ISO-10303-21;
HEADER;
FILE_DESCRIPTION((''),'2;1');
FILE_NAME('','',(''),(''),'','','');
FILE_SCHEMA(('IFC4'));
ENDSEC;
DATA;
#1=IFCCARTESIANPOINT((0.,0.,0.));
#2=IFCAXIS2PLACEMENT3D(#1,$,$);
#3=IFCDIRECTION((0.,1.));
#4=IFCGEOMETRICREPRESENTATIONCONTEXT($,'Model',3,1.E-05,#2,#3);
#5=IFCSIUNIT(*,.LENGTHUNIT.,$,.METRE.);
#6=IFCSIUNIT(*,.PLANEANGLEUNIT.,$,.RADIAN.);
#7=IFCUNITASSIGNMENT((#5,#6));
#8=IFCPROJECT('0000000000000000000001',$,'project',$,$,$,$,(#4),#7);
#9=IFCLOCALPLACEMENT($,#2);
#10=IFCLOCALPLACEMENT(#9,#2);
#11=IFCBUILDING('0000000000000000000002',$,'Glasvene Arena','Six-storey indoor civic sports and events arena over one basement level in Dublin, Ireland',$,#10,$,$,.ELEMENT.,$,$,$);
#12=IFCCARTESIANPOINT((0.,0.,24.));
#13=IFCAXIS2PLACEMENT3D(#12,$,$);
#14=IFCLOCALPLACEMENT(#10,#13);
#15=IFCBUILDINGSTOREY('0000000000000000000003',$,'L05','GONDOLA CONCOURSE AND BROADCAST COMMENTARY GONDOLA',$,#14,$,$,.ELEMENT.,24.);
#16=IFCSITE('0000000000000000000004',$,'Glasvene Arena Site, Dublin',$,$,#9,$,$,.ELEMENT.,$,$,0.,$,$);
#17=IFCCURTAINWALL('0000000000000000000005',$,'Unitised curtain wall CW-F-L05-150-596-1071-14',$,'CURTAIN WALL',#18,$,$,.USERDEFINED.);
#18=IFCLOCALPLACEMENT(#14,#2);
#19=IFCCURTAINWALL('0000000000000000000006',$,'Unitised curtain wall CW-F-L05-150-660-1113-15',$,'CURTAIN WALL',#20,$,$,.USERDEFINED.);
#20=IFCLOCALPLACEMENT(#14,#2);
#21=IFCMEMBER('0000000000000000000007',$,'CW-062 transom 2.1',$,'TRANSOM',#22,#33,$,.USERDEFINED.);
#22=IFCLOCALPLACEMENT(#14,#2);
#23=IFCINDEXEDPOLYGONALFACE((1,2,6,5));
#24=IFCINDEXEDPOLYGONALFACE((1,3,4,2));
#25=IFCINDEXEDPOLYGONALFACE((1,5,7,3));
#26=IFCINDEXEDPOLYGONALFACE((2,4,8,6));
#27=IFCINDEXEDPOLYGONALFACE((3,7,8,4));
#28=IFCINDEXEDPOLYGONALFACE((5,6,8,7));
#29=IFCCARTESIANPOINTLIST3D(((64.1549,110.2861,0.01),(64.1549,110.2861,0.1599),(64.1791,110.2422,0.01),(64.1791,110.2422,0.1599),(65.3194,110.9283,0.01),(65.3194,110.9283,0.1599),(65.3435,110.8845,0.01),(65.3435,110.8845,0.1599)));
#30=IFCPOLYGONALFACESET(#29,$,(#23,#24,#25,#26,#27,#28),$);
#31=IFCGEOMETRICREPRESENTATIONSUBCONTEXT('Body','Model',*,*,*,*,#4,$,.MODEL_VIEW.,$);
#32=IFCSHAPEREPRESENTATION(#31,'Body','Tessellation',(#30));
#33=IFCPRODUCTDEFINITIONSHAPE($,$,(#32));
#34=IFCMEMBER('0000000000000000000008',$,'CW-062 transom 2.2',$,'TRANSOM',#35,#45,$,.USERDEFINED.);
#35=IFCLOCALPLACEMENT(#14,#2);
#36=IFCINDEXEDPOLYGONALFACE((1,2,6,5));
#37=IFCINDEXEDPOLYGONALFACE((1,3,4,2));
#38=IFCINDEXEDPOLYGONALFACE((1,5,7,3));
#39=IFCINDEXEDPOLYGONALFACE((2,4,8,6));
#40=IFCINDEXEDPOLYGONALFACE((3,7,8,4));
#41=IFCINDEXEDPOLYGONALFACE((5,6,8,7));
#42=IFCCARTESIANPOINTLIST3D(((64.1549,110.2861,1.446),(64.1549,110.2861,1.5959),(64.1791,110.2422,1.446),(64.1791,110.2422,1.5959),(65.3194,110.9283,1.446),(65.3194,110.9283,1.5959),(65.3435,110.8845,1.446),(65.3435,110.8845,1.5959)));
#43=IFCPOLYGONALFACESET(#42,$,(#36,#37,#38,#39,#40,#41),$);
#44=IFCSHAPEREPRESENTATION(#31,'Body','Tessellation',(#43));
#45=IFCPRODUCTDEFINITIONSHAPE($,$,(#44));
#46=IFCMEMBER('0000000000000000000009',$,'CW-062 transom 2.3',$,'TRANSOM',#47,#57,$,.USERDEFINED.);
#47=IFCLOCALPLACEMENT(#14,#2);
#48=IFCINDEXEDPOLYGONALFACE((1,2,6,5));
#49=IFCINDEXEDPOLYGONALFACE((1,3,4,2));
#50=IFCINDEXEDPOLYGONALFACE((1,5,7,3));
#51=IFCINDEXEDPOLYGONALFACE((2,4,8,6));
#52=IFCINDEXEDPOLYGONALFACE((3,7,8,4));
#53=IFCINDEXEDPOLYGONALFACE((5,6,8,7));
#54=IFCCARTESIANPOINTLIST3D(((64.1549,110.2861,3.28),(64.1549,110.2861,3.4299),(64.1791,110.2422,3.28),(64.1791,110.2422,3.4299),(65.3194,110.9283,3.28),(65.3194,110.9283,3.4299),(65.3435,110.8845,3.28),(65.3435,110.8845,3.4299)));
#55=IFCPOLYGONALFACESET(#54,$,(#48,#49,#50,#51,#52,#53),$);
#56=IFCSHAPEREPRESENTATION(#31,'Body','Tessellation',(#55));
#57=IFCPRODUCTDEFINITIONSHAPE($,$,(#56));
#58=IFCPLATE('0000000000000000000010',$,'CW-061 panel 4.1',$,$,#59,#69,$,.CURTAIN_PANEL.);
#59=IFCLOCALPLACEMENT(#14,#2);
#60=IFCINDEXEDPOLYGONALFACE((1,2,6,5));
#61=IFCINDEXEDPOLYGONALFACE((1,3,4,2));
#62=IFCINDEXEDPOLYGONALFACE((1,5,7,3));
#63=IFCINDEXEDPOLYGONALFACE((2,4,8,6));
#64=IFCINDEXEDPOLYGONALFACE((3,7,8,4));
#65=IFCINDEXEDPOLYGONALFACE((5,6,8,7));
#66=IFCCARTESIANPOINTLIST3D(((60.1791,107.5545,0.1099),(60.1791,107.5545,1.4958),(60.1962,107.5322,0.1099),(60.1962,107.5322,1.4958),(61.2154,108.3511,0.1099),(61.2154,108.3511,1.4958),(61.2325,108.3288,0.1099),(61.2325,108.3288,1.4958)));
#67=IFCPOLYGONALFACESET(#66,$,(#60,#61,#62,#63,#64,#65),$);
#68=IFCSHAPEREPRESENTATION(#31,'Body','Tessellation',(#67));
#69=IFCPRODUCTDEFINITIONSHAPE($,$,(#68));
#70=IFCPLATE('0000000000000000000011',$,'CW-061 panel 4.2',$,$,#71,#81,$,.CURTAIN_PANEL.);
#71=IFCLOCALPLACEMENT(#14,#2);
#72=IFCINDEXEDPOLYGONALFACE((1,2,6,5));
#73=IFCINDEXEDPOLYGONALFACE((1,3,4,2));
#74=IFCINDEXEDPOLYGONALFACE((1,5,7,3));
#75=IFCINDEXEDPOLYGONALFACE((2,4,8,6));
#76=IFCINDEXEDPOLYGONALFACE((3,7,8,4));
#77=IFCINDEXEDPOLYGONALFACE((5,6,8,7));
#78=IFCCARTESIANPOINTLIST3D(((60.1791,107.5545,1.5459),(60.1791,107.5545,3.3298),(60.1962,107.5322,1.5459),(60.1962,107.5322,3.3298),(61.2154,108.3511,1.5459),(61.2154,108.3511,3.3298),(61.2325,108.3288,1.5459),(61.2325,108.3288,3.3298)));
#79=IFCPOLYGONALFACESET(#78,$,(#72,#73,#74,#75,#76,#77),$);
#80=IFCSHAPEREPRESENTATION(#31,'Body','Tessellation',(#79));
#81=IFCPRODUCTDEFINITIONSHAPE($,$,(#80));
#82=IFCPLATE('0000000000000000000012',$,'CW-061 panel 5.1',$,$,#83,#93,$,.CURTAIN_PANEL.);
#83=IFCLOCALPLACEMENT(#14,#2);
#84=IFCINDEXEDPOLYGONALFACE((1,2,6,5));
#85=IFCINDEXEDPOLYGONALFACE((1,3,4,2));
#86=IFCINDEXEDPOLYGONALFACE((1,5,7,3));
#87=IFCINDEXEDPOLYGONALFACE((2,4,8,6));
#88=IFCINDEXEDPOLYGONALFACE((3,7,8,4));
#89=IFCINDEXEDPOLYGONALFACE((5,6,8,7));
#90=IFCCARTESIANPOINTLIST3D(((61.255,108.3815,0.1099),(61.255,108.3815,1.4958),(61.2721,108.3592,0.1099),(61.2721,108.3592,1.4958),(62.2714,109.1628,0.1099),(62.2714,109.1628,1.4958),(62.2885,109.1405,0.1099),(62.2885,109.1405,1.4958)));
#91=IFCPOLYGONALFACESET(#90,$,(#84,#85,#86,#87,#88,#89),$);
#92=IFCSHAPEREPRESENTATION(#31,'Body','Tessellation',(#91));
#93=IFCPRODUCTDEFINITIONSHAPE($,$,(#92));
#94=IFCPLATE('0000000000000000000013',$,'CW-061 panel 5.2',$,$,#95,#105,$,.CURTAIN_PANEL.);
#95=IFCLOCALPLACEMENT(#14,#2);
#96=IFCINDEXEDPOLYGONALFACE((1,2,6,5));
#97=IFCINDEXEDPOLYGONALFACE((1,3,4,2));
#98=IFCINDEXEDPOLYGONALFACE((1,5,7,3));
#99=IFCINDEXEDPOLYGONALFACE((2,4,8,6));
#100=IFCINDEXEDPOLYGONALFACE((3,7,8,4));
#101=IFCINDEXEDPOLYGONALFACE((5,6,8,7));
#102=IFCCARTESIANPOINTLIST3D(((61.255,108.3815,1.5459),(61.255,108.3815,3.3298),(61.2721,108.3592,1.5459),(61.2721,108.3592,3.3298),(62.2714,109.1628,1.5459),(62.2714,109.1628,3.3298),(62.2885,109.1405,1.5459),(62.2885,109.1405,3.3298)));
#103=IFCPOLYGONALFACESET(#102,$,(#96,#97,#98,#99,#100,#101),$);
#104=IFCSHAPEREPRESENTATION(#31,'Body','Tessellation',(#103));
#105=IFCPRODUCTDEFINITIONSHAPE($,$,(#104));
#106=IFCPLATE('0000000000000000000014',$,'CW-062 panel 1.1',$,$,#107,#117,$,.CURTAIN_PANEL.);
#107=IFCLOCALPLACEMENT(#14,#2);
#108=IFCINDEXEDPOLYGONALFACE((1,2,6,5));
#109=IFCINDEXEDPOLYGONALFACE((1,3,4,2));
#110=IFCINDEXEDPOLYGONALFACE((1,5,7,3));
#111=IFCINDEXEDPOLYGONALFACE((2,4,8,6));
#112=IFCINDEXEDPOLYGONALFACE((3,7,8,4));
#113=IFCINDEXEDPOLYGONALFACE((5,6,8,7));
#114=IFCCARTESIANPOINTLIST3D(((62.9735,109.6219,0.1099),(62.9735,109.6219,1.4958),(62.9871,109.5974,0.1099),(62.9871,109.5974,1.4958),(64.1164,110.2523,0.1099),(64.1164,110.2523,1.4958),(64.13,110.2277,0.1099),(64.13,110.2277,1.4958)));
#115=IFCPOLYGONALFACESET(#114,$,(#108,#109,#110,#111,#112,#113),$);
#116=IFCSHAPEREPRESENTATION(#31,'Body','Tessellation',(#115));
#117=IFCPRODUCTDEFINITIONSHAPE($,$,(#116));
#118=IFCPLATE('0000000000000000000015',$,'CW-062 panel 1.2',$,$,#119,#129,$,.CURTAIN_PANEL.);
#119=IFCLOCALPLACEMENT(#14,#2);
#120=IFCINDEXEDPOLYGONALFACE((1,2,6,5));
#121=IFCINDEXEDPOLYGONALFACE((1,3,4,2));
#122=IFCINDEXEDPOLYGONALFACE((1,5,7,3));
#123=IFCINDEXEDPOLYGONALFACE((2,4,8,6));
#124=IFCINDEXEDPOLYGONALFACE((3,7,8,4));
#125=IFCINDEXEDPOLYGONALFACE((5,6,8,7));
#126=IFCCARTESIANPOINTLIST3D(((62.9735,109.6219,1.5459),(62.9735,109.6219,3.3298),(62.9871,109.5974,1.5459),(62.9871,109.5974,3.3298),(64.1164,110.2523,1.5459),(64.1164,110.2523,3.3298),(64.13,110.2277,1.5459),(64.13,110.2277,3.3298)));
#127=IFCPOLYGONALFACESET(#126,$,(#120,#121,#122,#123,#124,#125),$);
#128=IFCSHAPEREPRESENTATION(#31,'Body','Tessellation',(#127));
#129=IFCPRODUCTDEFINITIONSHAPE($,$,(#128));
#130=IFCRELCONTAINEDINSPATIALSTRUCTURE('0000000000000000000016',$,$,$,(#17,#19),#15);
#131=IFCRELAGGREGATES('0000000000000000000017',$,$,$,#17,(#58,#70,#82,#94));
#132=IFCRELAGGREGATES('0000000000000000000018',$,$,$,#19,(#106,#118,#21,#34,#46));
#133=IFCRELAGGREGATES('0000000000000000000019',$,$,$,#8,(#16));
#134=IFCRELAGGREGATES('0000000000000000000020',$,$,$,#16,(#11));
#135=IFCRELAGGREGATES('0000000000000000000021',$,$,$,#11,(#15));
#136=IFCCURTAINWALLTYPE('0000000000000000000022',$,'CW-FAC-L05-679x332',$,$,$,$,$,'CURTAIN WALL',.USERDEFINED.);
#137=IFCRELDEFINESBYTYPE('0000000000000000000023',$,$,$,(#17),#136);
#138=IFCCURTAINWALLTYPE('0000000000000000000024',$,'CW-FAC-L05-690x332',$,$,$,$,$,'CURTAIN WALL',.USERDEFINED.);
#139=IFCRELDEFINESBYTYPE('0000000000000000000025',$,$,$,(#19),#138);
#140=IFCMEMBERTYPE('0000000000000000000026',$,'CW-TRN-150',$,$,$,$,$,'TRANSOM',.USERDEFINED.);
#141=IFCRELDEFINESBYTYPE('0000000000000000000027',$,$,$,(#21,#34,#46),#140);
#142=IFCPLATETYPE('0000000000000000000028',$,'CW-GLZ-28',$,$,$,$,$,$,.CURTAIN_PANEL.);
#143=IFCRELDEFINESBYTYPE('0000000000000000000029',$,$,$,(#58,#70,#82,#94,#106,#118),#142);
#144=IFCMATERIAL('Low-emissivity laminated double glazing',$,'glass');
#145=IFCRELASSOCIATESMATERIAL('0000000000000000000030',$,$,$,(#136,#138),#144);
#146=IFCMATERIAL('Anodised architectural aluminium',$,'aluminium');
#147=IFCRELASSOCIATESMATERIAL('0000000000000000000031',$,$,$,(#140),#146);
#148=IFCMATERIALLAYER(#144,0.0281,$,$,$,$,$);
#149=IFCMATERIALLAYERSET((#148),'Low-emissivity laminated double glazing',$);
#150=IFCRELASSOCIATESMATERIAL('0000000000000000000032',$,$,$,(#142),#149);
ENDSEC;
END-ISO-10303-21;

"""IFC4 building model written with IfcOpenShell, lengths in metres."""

from ifc_helpers import new_model, si_unit, direction, frame, origin, origin_2d, place, context, subcontext, project, spatial, rectangle, extrude, material, layer, layer_set, material_profile, profile_set, type_object, element, aggregate, save


model = new_model("IFC4")

# Units and contexts
model_context = context("Model", 3, precision=1e-05, world=origin(), true_north=direction((0.0, 1.0)))
body_context = subcontext(model_context, "Body", "Model", "MODEL_VIEW")
ifc_project = project(units=[si_unit("LENGTHUNIT", "METRE"), si_unit("PLANEANGLEUNIT", "RADIAN")], contexts=[model_context])

# Site, building, storey
site_placement = place(None, origin())
site = spatial("IfcSite", under=ifc_project, at=site_placement, Name="Glasvene Arena Site, Dublin", CompositionType="ELEMENT", RefElevation=0.0)
building_placement = place(site_placement, origin())
building = spatial("IfcBuilding", under=site, at=building_placement, Name="Glasvene Arena", Description="Six-storey indoor civic sports and events arena over one basement level in Dublin, Ireland", CompositionType="ELEMENT")
storey_placement = place(building_placement, frame((0.0, 0.0, 24.0)))
storey = spatial("IfcBuildingStorey", under=building, at=storey_placement, Name="L05", Description="GONDOLA CONCOURSE AND BROADCAST COMMENTARY GONDOLA", CompositionType="ELEMENT", Elevation=24.0)

# Curtain walls
ifc_material_1 = material(Name="Low-emissivity laminated double glazing", Category="glass")
curtain_wall_type_1 = type_object("IfcCurtainWallType", Name="CW-FAC-L05-679x332", ElementType="CURTAIN WALL", PredefinedType="USERDEFINED", material=ifc_material_1)
curtain_wall_1_placement = place(storey_placement, frame((56.9399, 105.0469, 0.0)))
curtain_wall_1 = element("IfcCurtainWall", 1, at=curtain_wall_1_placement, inside=storey, type_object=curtain_wall_type_1, Name="Unitised curtain wall CW-F-L05-150-596-1071-14", ObjectType="CURTAIN WALL", PredefinedType="USERDEFINED")
ifc_material_2 = material(Name="Anodised architectural aluminium", Category="aluminium")
curtain_wall_type_2 = type_object("IfcCurtainWallType", Name="CW-FAC-L05-690x332", ElementType="CURTAIN WALL", PredefinedType="USERDEFINED", material=ifc_material_1)
curtain_wall_2_placement = place(storey_placement, frame((62.9365, 109.5854, 0.0)))
curtain_wall_2 = element("IfcCurtainWall", 2, at=curtain_wall_2_placement, inside=storey, type_object=curtain_wall_type_2, Name="Unitised curtain wall CW-F-L05-150-660-1113-15", ObjectType="CURTAIN WALL", PredefinedType="USERDEFINED")

# Members
ifc_material_profile_1 = material_profile(ifc_material_2, rectangle(XDim=0.05, YDim=0.1499, at=origin_2d()), Name="ALU TRANSOM 50x150")
ifc_profile_set_1 = profile_set([ifc_material_profile_1], Name="Anodised architectural aluminium")
member_type_1 = type_object("IfcMemberType", Name="CW-TRN-150", ElementType="TRANSOM", PredefinedType="USERDEFINED", material=ifc_profile_set_1)
member_1_placement = place(storey_placement, frame((64.167, 110.2642, 0.085), z_axis=(0.875634, 0.482975, 0.0), x_axis=(-0.482975, 0.875634, 0.0)))
member_1 = element("IfcMember", 3, at=member_1_placement, type_object=member_type_1, Name="CW-062 transom 2.1", ObjectType="TRANSOM", PredefinedType="USERDEFINED", context=body_context, shape_type="SweptSolid", body=[
    extrude(rectangle(XDim=0.05, YDim=0.1499, at=origin_2d()), origin(), (0.0, 0.0, 1.0), 1.3298),
])
member_2_placement = place(storey_placement, frame((64.167, 110.2642, 1.521), z_axis=(0.875634, 0.482975, 0.0), x_axis=(-0.482975, 0.875634, 0.0)))
member_2 = element("IfcMember", 4, at=member_2_placement, type_object=member_type_1, Name="CW-062 transom 2.2", ObjectType="TRANSOM", PredefinedType="USERDEFINED", context=body_context, shape_type="SweptSolid", body=[
    extrude(rectangle(XDim=0.05, YDim=0.1499, at=origin_2d()), origin(), (0.0, 0.0, 1.0), 1.3298),
])
member_3_placement = place(storey_placement, frame((64.167, 110.2642, 3.355), z_axis=(0.875634, 0.482975, 0.0), x_axis=(-0.482975, 0.875634, 0.0)))
member_3 = element("IfcMember", 5, at=member_3_placement, type_object=member_type_1, Name="CW-062 transom 2.3", ObjectType="TRANSOM", PredefinedType="USERDEFINED", context=body_context, shape_type="SweptSolid", body=[
    extrude(rectangle(XDim=0.05, YDim=0.1499, at=origin_2d()), origin(), (0.0, 0.0, 1.0), 1.3298),
])

# Plates
ifc_layer = layer(ifc_material_1, 0.0281)
ifc_layer_set = layer_set([ifc_layer], Name="Low-emissivity laminated double glazing")
plate_type = type_object("IfcPlateType", Name="CW-GLZ-28", PredefinedType="CURTAIN_PANEL", material=ifc_layer_set)
plate_1_placement = place(storey_placement, frame((60.7058, 107.9417, 0.1099), z_axis=(0.0, 0.0, 1.0), x_axis=(0.79284, 0.60943, 0.0)))
plate_1 = element("IfcPlate", 6, at=plate_1_placement, type_object=plate_type, Name="CW-061 panel 4.1", PredefinedType="CURTAIN_PANEL", context=body_context, shape_type="SweptSolid", body=[
    extrude(rectangle(XDim=1.3071, YDim=0.0281, at=origin_2d()), origin(), (0.0, 0.0, 1.0), 1.386),
])
plate_2_placement = place(storey_placement, frame((60.7058, 107.9417, 1.5459), z_axis=(0.0, 0.0, 1.0), x_axis=(0.79284, 0.60943, 0.0)))
plate_2 = element("IfcPlate", 7, at=plate_2_placement, type_object=plate_type, Name="CW-061 panel 4.2", PredefinedType="CURTAIN_PANEL", context=body_context, shape_type="SweptSolid", body=[
    extrude(rectangle(XDim=1.3071, YDim=0.0281, at=origin_2d()), origin(), (0.0, 0.0, 1.0), 1.7839),
])
plate_3_placement = place(storey_placement, frame((61.7717, 108.761, 0.1099), z_axis=(0.0, 0.0, 1.0), x_axis=(0.79284, 0.60943, 0.0)))
plate_3 = element("IfcPlate", 8, at=plate_3_placement, type_object=plate_type, Name="CW-061 panel 5.1", PredefinedType="CURTAIN_PANEL", context=body_context, shape_type="SweptSolid", body=[
    extrude(rectangle(XDim=1.282, YDim=0.0281, at=origin_2d()), origin(), (0.0, 0.0, 1.0), 1.386),
])
plate_4_placement = place(storey_placement, frame((61.7717, 108.761, 1.5459), z_axis=(0.0, 0.0, 1.0), x_axis=(0.79284, 0.60943, 0.0)))
plate_4 = element("IfcPlate", 9, at=plate_4_placement, type_object=plate_type, Name="CW-061 panel 5.2", PredefinedType="CURTAIN_PANEL", context=body_context, shape_type="SweptSolid", body=[
    extrude(rectangle(XDim=1.282, YDim=0.0281, at=origin_2d()), origin(), (0.0, 0.0, 1.0), 1.7839),
])
aggregate(curtain_wall_1, [plate_1, plate_2, plate_3, plate_4])
plate_5_placement = place(storey_placement, frame((63.5518, 109.9248, 0.1099), z_axis=(0.0, 0.0, 1.0), x_axis=(0.875654, 0.482939, 0.0)))
plate_5 = element("IfcPlate", 10, at=plate_5_placement, type_object=plate_type, Name="CW-062 panel 1.1", PredefinedType="CURTAIN_PANEL", context=body_context, shape_type="SweptSolid", body=[
    extrude(rectangle(XDim=1.3052, YDim=0.0281, at=origin_2d()), origin(), (0.0, 0.0, 1.0), 1.386),
])
plate_6_placement = place(storey_placement, frame((63.5518, 109.9248, 1.5459), z_axis=(0.0, 0.0, 1.0), x_axis=(0.875654, 0.482939, 0.0)))
plate_6 = element("IfcPlate", 11, at=plate_6_placement, type_object=plate_type, Name="CW-062 panel 1.2", PredefinedType="CURTAIN_PANEL", context=body_context, shape_type="SweptSolid", body=[
    extrude(rectangle(XDim=1.3052, YDim=0.0281, at=origin_2d()), origin(), (0.0, 0.0, 1.0), 1.7839),
])
aggregate(curtain_wall_2, [plate_5, plate_6, member_1, member_2, member_3])

save(model, "model.ifc")
